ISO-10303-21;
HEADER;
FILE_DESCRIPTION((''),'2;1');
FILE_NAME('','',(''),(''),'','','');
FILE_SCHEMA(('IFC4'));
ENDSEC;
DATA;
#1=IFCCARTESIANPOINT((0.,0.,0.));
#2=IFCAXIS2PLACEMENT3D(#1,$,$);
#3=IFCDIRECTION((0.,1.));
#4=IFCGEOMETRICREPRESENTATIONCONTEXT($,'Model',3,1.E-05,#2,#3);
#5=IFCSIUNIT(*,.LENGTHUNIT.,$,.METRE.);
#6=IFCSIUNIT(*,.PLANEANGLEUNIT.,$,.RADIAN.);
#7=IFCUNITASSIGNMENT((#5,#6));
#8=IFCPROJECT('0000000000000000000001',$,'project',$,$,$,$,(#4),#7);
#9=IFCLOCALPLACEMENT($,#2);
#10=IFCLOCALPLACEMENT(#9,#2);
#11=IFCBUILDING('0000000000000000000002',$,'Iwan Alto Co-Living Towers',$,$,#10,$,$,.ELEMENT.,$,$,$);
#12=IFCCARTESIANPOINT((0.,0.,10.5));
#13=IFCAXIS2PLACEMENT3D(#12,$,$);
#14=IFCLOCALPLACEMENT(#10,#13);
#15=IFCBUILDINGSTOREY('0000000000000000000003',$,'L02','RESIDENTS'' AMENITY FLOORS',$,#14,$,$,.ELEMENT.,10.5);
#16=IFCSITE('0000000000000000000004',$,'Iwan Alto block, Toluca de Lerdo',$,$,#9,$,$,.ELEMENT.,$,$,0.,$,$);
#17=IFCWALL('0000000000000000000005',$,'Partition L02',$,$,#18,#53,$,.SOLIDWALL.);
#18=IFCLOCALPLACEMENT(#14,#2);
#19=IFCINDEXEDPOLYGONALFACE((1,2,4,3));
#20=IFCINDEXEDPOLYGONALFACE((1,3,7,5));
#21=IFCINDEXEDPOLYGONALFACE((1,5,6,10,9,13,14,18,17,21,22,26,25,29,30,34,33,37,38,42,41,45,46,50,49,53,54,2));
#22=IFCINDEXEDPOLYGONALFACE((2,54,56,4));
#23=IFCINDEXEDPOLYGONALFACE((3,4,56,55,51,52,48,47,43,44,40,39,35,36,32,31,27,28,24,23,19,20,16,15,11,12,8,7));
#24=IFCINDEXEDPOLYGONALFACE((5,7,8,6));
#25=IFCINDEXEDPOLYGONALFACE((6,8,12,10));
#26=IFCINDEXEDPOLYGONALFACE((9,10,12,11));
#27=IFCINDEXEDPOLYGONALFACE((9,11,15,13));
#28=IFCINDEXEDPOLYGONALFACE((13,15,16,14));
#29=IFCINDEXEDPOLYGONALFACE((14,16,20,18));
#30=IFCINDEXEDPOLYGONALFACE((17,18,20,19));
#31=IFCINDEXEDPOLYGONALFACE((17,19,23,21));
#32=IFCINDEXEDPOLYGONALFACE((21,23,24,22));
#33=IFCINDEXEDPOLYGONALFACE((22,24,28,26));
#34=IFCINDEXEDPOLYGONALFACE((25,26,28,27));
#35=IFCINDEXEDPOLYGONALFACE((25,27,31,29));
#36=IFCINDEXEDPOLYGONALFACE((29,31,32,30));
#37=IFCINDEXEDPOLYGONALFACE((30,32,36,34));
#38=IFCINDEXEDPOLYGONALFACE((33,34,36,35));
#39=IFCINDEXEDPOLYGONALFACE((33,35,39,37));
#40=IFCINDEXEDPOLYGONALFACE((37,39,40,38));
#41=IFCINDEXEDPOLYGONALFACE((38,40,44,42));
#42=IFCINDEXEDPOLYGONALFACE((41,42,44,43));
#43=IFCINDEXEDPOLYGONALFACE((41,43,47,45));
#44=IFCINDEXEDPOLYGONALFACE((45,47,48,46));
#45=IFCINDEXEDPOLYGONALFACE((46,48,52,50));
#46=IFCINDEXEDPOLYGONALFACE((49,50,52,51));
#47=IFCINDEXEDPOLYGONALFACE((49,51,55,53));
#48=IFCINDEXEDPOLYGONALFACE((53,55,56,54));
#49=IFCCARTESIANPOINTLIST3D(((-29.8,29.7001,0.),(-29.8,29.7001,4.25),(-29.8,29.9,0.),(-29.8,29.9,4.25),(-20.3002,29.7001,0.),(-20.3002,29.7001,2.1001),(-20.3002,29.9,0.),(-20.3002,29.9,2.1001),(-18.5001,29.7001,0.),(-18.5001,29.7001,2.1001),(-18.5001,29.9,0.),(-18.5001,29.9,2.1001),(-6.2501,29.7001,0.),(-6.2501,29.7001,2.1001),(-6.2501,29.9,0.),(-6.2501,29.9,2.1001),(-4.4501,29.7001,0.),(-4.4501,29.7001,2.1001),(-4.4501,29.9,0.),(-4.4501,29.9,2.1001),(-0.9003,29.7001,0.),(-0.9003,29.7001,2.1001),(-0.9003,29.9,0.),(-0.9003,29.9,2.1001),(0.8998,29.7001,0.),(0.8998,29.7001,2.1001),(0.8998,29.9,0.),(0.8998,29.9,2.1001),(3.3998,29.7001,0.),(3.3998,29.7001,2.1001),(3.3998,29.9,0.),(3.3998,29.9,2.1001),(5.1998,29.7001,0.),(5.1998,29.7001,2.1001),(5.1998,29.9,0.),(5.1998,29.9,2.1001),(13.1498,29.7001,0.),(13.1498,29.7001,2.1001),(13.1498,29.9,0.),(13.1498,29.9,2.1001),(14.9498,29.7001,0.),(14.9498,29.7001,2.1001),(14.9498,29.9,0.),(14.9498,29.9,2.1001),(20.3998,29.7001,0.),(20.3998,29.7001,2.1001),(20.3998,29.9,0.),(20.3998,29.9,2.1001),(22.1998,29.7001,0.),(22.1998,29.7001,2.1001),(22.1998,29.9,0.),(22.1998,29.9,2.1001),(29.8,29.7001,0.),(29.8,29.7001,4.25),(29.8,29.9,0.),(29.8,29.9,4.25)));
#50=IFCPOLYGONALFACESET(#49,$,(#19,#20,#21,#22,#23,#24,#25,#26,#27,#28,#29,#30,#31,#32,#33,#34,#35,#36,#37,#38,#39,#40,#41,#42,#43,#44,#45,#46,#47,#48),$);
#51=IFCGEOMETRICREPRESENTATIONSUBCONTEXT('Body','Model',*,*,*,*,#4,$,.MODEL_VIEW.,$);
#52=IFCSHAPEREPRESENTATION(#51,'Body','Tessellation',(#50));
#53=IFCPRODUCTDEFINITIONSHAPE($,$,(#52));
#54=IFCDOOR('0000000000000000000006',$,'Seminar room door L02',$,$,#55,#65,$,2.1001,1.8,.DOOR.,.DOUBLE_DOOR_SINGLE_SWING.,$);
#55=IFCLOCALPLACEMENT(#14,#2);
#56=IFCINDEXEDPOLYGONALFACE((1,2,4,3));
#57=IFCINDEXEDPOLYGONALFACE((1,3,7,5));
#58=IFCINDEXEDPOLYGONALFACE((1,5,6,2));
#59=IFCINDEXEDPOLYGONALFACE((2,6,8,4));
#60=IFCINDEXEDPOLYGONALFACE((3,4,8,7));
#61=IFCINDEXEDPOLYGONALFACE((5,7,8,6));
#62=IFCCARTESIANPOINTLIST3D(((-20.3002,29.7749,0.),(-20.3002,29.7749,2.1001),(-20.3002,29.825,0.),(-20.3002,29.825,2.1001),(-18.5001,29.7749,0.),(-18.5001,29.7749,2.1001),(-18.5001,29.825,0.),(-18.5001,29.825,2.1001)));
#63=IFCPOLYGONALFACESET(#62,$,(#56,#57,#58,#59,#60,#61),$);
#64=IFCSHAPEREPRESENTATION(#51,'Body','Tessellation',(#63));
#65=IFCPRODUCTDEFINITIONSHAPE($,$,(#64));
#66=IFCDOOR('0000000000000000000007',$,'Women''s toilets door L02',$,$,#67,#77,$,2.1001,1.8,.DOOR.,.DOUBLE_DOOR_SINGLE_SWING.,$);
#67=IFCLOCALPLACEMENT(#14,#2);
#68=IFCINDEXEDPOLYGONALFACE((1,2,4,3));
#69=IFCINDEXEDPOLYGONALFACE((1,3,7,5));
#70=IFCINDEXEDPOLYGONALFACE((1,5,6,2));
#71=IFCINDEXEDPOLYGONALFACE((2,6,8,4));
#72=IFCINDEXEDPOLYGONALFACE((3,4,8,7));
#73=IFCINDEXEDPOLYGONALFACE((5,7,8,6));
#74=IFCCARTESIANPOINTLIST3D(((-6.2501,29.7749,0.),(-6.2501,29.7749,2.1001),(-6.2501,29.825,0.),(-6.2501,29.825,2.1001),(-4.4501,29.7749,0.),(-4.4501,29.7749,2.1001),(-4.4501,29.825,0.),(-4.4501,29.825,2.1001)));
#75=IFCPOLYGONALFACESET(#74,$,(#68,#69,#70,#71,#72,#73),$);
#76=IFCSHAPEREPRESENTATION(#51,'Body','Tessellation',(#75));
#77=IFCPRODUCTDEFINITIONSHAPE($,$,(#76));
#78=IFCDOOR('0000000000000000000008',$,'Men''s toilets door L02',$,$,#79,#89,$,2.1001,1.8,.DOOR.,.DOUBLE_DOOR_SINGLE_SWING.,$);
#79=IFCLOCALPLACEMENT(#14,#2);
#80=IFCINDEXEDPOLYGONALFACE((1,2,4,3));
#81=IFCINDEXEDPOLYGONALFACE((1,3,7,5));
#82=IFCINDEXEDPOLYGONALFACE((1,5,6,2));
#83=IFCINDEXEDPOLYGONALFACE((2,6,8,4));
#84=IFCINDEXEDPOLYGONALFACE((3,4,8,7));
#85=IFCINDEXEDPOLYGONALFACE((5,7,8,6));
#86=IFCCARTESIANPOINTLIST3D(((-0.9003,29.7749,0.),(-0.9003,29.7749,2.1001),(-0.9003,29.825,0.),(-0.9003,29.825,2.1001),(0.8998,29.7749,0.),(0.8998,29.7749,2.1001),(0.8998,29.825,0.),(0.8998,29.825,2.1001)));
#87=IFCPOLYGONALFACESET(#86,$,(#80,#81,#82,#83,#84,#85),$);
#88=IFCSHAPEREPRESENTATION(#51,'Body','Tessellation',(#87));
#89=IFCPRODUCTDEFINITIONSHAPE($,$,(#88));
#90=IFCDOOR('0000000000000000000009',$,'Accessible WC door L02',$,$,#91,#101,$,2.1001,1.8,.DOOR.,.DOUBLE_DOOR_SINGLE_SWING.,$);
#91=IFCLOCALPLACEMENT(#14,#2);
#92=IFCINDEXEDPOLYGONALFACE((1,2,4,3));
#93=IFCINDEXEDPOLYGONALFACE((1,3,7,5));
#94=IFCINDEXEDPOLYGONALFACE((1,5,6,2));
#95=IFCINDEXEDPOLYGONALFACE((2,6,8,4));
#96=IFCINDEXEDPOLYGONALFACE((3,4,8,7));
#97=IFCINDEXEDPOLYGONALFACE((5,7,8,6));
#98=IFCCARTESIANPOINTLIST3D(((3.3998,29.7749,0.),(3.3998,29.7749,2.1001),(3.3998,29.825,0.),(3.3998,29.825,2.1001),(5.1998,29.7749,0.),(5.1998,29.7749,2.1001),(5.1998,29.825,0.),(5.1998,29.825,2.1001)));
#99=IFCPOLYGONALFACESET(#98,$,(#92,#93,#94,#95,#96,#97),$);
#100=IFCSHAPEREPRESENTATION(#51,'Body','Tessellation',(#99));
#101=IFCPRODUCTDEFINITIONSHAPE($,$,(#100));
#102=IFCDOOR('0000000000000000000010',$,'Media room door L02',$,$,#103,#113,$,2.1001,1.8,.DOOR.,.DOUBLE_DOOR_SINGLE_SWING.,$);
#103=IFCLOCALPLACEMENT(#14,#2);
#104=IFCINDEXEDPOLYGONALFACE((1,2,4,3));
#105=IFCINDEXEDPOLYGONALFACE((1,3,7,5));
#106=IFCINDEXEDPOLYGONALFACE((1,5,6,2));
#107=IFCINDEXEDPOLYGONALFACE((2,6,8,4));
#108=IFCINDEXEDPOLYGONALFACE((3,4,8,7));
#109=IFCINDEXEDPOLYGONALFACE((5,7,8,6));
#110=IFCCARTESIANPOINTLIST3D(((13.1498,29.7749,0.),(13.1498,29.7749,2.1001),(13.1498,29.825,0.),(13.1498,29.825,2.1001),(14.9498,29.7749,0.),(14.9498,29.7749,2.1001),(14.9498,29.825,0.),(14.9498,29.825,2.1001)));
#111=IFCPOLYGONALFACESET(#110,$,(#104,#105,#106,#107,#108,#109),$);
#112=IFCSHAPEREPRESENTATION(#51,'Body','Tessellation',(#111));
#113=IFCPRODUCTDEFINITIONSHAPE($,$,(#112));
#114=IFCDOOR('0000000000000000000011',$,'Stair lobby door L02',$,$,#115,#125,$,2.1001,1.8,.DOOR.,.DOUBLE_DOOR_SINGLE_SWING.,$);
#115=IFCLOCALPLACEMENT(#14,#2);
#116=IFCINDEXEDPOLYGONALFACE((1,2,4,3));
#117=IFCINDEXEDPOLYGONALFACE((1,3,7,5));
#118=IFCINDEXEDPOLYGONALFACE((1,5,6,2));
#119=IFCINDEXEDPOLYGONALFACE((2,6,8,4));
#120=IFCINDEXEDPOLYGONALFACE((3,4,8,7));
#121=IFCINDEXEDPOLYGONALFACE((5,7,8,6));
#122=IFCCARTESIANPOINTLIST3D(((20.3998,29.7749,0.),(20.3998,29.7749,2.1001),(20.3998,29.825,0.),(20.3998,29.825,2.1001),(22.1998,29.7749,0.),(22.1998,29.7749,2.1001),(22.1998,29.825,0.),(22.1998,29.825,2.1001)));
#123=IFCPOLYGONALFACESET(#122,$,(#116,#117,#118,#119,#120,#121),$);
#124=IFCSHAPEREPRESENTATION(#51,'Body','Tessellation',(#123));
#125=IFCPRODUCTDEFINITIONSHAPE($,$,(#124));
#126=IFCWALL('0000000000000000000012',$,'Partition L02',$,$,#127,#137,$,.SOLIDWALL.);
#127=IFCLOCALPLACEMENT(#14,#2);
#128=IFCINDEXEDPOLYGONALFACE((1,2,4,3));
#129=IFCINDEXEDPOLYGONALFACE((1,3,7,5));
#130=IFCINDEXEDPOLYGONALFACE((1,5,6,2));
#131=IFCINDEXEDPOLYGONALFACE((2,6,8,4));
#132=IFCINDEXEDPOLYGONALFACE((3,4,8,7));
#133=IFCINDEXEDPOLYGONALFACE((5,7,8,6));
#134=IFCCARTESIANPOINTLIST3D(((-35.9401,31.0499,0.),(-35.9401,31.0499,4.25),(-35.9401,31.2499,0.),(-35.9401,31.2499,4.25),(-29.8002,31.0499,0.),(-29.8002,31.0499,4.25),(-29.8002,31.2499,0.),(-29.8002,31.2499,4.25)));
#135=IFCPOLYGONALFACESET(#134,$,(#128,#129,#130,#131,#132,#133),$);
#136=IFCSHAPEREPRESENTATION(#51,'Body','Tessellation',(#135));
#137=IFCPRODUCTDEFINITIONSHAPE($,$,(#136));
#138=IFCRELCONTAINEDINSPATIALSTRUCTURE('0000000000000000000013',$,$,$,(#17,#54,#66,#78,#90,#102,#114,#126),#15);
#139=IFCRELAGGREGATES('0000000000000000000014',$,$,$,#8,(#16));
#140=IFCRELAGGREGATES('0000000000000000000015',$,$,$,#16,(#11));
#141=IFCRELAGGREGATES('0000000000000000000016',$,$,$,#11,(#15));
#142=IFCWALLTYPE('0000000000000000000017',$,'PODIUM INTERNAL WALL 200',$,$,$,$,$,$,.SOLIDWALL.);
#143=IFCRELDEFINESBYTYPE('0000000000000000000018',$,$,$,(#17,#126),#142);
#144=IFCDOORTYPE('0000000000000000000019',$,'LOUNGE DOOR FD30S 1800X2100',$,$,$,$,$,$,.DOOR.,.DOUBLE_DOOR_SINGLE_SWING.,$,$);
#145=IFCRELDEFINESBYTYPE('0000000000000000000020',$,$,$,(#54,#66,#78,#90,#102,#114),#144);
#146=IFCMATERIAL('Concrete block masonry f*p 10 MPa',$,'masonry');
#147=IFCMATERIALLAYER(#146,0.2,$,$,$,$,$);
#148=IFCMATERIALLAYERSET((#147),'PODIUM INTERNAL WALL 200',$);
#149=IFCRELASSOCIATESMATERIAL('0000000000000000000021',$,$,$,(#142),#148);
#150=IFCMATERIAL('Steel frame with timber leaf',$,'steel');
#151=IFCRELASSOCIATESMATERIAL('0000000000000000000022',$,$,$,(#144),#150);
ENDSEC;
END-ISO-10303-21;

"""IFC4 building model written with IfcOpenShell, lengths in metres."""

from ifc_helpers import new_model, si_unit, direction, frame, frame_2d, origin, place, context, subcontext, project, spatial, rectangle, extrude, material, layer, layer_set, type_object, element, fill, save


model = new_model("IFC4")

# Units and contexts
model_context = context("Model", 3, precision=1e-05, world=origin(), true_north=direction((0.0, 1.0)))
body_context = subcontext(model_context, "Body", "Model", "MODEL_VIEW")
ifc_project = project(units=[si_unit("LENGTHUNIT", "METRE"), si_unit("PLANEANGLEUNIT", "RADIAN")], contexts=[model_context])

# Site, building, storey
site_placement = place(None, origin())
site = spatial("IfcSite", under=ifc_project, at=site_placement, Name="Iwan Alto block, Toluca de Lerdo", CompositionType="ELEMENT", RefElevation=0.0)
building_placement = place(site_placement, origin())
building = spatial("IfcBuilding", under=site, at=building_placement, Name="Iwan Alto Co-Living Towers", CompositionType="ELEMENT")
storey_placement = place(building_placement, frame((0.0, 0.0, 10.5)))
storey = spatial("IfcBuildingStorey", under=building, at=storey_placement, Name="L02", Description="RESIDENTS' AMENITY FLOORS", CompositionType="ELEMENT", Elevation=10.5)

# Wall, openings, doors
ifc_material_1 = material(Name="Concrete block masonry f*p 10 MPa", Category="masonry")
ifc_layer = layer(ifc_material_1, 0.2)
ifc_layer_set = layer_set([ifc_layer], Name="PODIUM INTERNAL WALL 200")
wall_type = type_object("IfcWallType", Name="PODIUM INTERNAL WALL 200", PredefinedType="SOLIDWALL", material=ifc_layer_set)
wall_1_placement = place(storey_placement, frame((-29.8, 29.8, 0.0), z_axis=(0.0, 0.0, 1.0), x_axis=(1.0, 0.0, 0.0)))
wall_1 = element("IfcWall", 1, at=wall_1_placement, inside=storey, type_object=wall_type, Name="Partition L02", PredefinedType="SOLIDWALL", context=body_context, shape_type="SweptSolid", body=[
    extrude(rectangle(XDim=59.6001, YDim=0.2, at=frame_2d((29.8, 0.0))), origin(), (0.0, 0.0, 1.0), 4.25),
])
opening_1_placement = place(wall_1_placement, frame((9.5, 0.0, 0.0)))
opening_1 = element("IfcOpeningElement", 2, at=opening_1_placement, cuts=wall_1, PredefinedType="OPENING", context=body_context, shape_type="SweptSolid", body=[
    extrude(rectangle(XDim=1.8, YDim=2.1001, at=frame_2d((0.8999, 1.05))), frame((0.0, 0.1099, 0.0), z_axis=(0.0, -1.0, 0.0), x_axis=(1.0, 0.0, 0.0)), (0.0, 0.0, 1.0), 0.22),
])
opening_2_placement = place(wall_1_placement, frame((23.55, 0.0, 0.0)))
opening_2 = element("IfcOpeningElement", 3, at=opening_2_placement, cuts=wall_1, PredefinedType="OPENING", context=body_context, shape_type="SweptSolid", body=[
    extrude(rectangle(XDim=1.8, YDim=2.1001, at=frame_2d((0.8999, 1.05))), frame((0.0, 0.1099, 0.0), z_axis=(0.0, -1.0, 0.0), x_axis=(1.0, 0.0, 0.0)), (0.0, 0.0, 1.0), 0.22),
])
opening_3_placement = place(wall_1_placement, frame((28.8999, 0.0, 0.0)))
opening_3 = element("IfcOpeningElement", 4, at=opening_3_placement, cuts=wall_1, PredefinedType="OPENING", context=body_context, shape_type="SweptSolid", body=[
    extrude(rectangle(XDim=1.8, YDim=2.1001, at=frame_2d((0.8999, 1.05))), frame((0.0, 0.1099, 0.0), z_axis=(0.0, -1.0, 0.0), x_axis=(1.0, 0.0, 0.0)), (0.0, 0.0, 1.0), 0.22),
])
opening_4_placement = place(wall_1_placement, frame((33.2, 0.0, 0.0)))
opening_4 = element("IfcOpeningElement", 5, at=opening_4_placement, cuts=wall_1, PredefinedType="OPENING", context=body_context, shape_type="SweptSolid", body=[
    extrude(rectangle(XDim=1.8, YDim=2.1001, at=frame_2d((0.8999, 1.05))), frame((0.0, 0.1099, 0.0), z_axis=(0.0, -1.0, 0.0), x_axis=(1.0, 0.0, 0.0)), (0.0, 0.0, 1.0), 0.22),
])
opening_5_placement = place(wall_1_placement, frame((42.95, 0.0, 0.0)))
opening_5 = element("IfcOpeningElement", 6, at=opening_5_placement, cuts=wall_1, PredefinedType="OPENING", context=body_context, shape_type="SweptSolid", body=[
    extrude(rectangle(XDim=1.8, YDim=2.1001, at=frame_2d((0.8999, 1.05))), frame((0.0, 0.1099, 0.0), z_axis=(0.0, -1.0, 0.0), x_axis=(1.0, 0.0, 0.0)), (0.0, 0.0, 1.0), 0.22),
])
opening_6_placement = place(wall_1_placement, frame((50.2, 0.0, 0.0)))
opening_6 = element("IfcOpeningElement", 7, at=opening_6_placement, cuts=wall_1, PredefinedType="OPENING", context=body_context, shape_type="SweptSolid", body=[
    extrude(rectangle(XDim=1.8, YDim=2.1001, at=frame_2d((0.8999, 1.05))), frame((0.0, 0.1099, 0.0), z_axis=(0.0, -1.0, 0.0), x_axis=(1.0, 0.0, 0.0)), (0.0, 0.0, 1.0), 0.22),
])
ifc_material_2 = material(Name="Steel frame with timber leaf", Category="steel")
door_type = type_object("IfcDoorType", Name="LOUNGE DOOR FD30S 1800X2100", OperationType="DOUBLE_DOOR_SINGLE_SWING", PredefinedType="DOOR", material=ifc_material_2)
door_1_placement = place(opening_1_placement, origin())
door_1 = element("IfcDoor", 8, at=door_1_placement, inside=storey, type_object=door_type, Name="Seminar room door L02", OperationType="DOUBLE_DOOR_SINGLE_SWING", OverallHeight=2.1001, OverallWidth=1.8, PredefinedType="DOOR", context=body_context, shape_type="SweptSolid", body=[
    extrude(rectangle(XDim=1.8, YDim=2.1001, at=frame_2d((0.8999, 1.05))), frame((0.0, 0.0249, 0.0), z_axis=(0.0, -1.0, 0.0), x_axis=(1.0, 0.0, 0.0)), (0.0, 0.0, 1.0), 0.05),
])
fill(opening_1, door_1)
door_2_placement = place(opening_2_placement, origin())
door_2 = element("IfcDoor", 9, at=door_2_placement, inside=storey, type_object=door_type, Name="Women's toilets door L02", OperationType="DOUBLE_DOOR_SINGLE_SWING", OverallHeight=2.1001, OverallWidth=1.8, PredefinedType="DOOR", context=body_context, shape_type="SweptSolid", body=[
    extrude(rectangle(XDim=1.8, YDim=2.1001, at=frame_2d((0.8999, 1.05))), frame((0.0, 0.0249, 0.0), z_axis=(0.0, -1.0, 0.0), x_axis=(1.0, 0.0, 0.0)), (0.0, 0.0, 1.0), 0.05),
])
fill(opening_2, door_2)
door_3_placement = place(opening_3_placement, origin())
door_3 = element("IfcDoor", 10, at=door_3_placement, inside=storey, type_object=door_type, Name="Men's toilets door L02", OperationType="DOUBLE_DOOR_SINGLE_SWING", OverallHeight=2.1001, OverallWidth=1.8, PredefinedType="DOOR", context=body_context, shape_type="SweptSolid", body=[
    extrude(rectangle(XDim=1.8, YDim=2.1001, at=frame_2d((0.8999, 1.05))), frame((0.0, 0.0249, 0.0), z_axis=(0.0, -1.0, 0.0), x_axis=(1.0, 0.0, 0.0)), (0.0, 0.0, 1.0), 0.05),
])
fill(opening_3, door_3)
door_4_placement = place(opening_4_placement, origin())
door_4 = element("IfcDoor", 11, at=door_4_placement, inside=storey, type_object=door_type, Name="Accessible WC door L02", OperationType="DOUBLE_DOOR_SINGLE_SWING", OverallHeight=2.1001, OverallWidth=1.8, PredefinedType="DOOR", context=body_context, shape_type="SweptSolid", body=[
    extrude(rectangle(XDim=1.8, YDim=2.1001, at=frame_2d((0.8999, 1.05))), frame((0.0, 0.0249, 0.0), z_axis=(0.0, -1.0, 0.0), x_axis=(1.0, 0.0, 0.0)), (0.0, 0.0, 1.0), 0.05),
])
fill(opening_4, door_4)
door_5_placement = place(opening_5_placement, origin())
door_5 = element("IfcDoor", 12, at=door_5_placement, inside=storey, type_object=door_type, Name="Media room door L02", OperationType="DOUBLE_DOOR_SINGLE_SWING", OverallHeight=2.1001, OverallWidth=1.8, PredefinedType="DOOR", context=body_context, shape_type="SweptSolid", body=[
    extrude(rectangle(XDim=1.8, YDim=2.1001, at=frame_2d((0.8999, 1.05))), frame((0.0, 0.0249, 0.0), z_axis=(0.0, -1.0, 0.0), x_axis=(1.0, 0.0, 0.0)), (0.0, 0.0, 1.0), 0.05),
])
fill(opening_5, door_5)
door_6_placement = place(opening_6_placement, origin())
door_6 = element("IfcDoor", 13, at=door_6_placement, inside=storey, type_object=door_type, Name="Stair lobby door L02", OperationType="DOUBLE_DOOR_SINGLE_SWING", OverallHeight=2.1001, OverallWidth=1.8, PredefinedType="DOOR", context=body_context, shape_type="SweptSolid", body=[
    extrude(rectangle(XDim=1.8, YDim=2.1001, at=frame_2d((0.8999, 1.05))), frame((0.0, 0.0249, 0.0), z_axis=(0.0, -1.0, 0.0), x_axis=(1.0, 0.0, 0.0)), (0.0, 0.0, 1.0), 0.05),
])
fill(opening_6, door_6)

# Wall
wall_2_placement = place(storey_placement, frame((-35.9399, 31.1499, 0.0), z_axis=(0.0, 0.0, 1.0), x_axis=(1.0, 0.0, 0.0)))
element("IfcWall", 14, at=wall_2_placement, inside=storey, type_object=wall_type, Name="Partition L02", PredefinedType="SOLIDWALL", context=body_context, shape_type="SweptSolid", body=[
    extrude(rectangle(XDim=6.1399, YDim=0.2, at=frame_2d((3.0698, 0.0))), origin(), (0.0, 0.0, 1.0), 4.25),
])

save(model, "model.ifc")
